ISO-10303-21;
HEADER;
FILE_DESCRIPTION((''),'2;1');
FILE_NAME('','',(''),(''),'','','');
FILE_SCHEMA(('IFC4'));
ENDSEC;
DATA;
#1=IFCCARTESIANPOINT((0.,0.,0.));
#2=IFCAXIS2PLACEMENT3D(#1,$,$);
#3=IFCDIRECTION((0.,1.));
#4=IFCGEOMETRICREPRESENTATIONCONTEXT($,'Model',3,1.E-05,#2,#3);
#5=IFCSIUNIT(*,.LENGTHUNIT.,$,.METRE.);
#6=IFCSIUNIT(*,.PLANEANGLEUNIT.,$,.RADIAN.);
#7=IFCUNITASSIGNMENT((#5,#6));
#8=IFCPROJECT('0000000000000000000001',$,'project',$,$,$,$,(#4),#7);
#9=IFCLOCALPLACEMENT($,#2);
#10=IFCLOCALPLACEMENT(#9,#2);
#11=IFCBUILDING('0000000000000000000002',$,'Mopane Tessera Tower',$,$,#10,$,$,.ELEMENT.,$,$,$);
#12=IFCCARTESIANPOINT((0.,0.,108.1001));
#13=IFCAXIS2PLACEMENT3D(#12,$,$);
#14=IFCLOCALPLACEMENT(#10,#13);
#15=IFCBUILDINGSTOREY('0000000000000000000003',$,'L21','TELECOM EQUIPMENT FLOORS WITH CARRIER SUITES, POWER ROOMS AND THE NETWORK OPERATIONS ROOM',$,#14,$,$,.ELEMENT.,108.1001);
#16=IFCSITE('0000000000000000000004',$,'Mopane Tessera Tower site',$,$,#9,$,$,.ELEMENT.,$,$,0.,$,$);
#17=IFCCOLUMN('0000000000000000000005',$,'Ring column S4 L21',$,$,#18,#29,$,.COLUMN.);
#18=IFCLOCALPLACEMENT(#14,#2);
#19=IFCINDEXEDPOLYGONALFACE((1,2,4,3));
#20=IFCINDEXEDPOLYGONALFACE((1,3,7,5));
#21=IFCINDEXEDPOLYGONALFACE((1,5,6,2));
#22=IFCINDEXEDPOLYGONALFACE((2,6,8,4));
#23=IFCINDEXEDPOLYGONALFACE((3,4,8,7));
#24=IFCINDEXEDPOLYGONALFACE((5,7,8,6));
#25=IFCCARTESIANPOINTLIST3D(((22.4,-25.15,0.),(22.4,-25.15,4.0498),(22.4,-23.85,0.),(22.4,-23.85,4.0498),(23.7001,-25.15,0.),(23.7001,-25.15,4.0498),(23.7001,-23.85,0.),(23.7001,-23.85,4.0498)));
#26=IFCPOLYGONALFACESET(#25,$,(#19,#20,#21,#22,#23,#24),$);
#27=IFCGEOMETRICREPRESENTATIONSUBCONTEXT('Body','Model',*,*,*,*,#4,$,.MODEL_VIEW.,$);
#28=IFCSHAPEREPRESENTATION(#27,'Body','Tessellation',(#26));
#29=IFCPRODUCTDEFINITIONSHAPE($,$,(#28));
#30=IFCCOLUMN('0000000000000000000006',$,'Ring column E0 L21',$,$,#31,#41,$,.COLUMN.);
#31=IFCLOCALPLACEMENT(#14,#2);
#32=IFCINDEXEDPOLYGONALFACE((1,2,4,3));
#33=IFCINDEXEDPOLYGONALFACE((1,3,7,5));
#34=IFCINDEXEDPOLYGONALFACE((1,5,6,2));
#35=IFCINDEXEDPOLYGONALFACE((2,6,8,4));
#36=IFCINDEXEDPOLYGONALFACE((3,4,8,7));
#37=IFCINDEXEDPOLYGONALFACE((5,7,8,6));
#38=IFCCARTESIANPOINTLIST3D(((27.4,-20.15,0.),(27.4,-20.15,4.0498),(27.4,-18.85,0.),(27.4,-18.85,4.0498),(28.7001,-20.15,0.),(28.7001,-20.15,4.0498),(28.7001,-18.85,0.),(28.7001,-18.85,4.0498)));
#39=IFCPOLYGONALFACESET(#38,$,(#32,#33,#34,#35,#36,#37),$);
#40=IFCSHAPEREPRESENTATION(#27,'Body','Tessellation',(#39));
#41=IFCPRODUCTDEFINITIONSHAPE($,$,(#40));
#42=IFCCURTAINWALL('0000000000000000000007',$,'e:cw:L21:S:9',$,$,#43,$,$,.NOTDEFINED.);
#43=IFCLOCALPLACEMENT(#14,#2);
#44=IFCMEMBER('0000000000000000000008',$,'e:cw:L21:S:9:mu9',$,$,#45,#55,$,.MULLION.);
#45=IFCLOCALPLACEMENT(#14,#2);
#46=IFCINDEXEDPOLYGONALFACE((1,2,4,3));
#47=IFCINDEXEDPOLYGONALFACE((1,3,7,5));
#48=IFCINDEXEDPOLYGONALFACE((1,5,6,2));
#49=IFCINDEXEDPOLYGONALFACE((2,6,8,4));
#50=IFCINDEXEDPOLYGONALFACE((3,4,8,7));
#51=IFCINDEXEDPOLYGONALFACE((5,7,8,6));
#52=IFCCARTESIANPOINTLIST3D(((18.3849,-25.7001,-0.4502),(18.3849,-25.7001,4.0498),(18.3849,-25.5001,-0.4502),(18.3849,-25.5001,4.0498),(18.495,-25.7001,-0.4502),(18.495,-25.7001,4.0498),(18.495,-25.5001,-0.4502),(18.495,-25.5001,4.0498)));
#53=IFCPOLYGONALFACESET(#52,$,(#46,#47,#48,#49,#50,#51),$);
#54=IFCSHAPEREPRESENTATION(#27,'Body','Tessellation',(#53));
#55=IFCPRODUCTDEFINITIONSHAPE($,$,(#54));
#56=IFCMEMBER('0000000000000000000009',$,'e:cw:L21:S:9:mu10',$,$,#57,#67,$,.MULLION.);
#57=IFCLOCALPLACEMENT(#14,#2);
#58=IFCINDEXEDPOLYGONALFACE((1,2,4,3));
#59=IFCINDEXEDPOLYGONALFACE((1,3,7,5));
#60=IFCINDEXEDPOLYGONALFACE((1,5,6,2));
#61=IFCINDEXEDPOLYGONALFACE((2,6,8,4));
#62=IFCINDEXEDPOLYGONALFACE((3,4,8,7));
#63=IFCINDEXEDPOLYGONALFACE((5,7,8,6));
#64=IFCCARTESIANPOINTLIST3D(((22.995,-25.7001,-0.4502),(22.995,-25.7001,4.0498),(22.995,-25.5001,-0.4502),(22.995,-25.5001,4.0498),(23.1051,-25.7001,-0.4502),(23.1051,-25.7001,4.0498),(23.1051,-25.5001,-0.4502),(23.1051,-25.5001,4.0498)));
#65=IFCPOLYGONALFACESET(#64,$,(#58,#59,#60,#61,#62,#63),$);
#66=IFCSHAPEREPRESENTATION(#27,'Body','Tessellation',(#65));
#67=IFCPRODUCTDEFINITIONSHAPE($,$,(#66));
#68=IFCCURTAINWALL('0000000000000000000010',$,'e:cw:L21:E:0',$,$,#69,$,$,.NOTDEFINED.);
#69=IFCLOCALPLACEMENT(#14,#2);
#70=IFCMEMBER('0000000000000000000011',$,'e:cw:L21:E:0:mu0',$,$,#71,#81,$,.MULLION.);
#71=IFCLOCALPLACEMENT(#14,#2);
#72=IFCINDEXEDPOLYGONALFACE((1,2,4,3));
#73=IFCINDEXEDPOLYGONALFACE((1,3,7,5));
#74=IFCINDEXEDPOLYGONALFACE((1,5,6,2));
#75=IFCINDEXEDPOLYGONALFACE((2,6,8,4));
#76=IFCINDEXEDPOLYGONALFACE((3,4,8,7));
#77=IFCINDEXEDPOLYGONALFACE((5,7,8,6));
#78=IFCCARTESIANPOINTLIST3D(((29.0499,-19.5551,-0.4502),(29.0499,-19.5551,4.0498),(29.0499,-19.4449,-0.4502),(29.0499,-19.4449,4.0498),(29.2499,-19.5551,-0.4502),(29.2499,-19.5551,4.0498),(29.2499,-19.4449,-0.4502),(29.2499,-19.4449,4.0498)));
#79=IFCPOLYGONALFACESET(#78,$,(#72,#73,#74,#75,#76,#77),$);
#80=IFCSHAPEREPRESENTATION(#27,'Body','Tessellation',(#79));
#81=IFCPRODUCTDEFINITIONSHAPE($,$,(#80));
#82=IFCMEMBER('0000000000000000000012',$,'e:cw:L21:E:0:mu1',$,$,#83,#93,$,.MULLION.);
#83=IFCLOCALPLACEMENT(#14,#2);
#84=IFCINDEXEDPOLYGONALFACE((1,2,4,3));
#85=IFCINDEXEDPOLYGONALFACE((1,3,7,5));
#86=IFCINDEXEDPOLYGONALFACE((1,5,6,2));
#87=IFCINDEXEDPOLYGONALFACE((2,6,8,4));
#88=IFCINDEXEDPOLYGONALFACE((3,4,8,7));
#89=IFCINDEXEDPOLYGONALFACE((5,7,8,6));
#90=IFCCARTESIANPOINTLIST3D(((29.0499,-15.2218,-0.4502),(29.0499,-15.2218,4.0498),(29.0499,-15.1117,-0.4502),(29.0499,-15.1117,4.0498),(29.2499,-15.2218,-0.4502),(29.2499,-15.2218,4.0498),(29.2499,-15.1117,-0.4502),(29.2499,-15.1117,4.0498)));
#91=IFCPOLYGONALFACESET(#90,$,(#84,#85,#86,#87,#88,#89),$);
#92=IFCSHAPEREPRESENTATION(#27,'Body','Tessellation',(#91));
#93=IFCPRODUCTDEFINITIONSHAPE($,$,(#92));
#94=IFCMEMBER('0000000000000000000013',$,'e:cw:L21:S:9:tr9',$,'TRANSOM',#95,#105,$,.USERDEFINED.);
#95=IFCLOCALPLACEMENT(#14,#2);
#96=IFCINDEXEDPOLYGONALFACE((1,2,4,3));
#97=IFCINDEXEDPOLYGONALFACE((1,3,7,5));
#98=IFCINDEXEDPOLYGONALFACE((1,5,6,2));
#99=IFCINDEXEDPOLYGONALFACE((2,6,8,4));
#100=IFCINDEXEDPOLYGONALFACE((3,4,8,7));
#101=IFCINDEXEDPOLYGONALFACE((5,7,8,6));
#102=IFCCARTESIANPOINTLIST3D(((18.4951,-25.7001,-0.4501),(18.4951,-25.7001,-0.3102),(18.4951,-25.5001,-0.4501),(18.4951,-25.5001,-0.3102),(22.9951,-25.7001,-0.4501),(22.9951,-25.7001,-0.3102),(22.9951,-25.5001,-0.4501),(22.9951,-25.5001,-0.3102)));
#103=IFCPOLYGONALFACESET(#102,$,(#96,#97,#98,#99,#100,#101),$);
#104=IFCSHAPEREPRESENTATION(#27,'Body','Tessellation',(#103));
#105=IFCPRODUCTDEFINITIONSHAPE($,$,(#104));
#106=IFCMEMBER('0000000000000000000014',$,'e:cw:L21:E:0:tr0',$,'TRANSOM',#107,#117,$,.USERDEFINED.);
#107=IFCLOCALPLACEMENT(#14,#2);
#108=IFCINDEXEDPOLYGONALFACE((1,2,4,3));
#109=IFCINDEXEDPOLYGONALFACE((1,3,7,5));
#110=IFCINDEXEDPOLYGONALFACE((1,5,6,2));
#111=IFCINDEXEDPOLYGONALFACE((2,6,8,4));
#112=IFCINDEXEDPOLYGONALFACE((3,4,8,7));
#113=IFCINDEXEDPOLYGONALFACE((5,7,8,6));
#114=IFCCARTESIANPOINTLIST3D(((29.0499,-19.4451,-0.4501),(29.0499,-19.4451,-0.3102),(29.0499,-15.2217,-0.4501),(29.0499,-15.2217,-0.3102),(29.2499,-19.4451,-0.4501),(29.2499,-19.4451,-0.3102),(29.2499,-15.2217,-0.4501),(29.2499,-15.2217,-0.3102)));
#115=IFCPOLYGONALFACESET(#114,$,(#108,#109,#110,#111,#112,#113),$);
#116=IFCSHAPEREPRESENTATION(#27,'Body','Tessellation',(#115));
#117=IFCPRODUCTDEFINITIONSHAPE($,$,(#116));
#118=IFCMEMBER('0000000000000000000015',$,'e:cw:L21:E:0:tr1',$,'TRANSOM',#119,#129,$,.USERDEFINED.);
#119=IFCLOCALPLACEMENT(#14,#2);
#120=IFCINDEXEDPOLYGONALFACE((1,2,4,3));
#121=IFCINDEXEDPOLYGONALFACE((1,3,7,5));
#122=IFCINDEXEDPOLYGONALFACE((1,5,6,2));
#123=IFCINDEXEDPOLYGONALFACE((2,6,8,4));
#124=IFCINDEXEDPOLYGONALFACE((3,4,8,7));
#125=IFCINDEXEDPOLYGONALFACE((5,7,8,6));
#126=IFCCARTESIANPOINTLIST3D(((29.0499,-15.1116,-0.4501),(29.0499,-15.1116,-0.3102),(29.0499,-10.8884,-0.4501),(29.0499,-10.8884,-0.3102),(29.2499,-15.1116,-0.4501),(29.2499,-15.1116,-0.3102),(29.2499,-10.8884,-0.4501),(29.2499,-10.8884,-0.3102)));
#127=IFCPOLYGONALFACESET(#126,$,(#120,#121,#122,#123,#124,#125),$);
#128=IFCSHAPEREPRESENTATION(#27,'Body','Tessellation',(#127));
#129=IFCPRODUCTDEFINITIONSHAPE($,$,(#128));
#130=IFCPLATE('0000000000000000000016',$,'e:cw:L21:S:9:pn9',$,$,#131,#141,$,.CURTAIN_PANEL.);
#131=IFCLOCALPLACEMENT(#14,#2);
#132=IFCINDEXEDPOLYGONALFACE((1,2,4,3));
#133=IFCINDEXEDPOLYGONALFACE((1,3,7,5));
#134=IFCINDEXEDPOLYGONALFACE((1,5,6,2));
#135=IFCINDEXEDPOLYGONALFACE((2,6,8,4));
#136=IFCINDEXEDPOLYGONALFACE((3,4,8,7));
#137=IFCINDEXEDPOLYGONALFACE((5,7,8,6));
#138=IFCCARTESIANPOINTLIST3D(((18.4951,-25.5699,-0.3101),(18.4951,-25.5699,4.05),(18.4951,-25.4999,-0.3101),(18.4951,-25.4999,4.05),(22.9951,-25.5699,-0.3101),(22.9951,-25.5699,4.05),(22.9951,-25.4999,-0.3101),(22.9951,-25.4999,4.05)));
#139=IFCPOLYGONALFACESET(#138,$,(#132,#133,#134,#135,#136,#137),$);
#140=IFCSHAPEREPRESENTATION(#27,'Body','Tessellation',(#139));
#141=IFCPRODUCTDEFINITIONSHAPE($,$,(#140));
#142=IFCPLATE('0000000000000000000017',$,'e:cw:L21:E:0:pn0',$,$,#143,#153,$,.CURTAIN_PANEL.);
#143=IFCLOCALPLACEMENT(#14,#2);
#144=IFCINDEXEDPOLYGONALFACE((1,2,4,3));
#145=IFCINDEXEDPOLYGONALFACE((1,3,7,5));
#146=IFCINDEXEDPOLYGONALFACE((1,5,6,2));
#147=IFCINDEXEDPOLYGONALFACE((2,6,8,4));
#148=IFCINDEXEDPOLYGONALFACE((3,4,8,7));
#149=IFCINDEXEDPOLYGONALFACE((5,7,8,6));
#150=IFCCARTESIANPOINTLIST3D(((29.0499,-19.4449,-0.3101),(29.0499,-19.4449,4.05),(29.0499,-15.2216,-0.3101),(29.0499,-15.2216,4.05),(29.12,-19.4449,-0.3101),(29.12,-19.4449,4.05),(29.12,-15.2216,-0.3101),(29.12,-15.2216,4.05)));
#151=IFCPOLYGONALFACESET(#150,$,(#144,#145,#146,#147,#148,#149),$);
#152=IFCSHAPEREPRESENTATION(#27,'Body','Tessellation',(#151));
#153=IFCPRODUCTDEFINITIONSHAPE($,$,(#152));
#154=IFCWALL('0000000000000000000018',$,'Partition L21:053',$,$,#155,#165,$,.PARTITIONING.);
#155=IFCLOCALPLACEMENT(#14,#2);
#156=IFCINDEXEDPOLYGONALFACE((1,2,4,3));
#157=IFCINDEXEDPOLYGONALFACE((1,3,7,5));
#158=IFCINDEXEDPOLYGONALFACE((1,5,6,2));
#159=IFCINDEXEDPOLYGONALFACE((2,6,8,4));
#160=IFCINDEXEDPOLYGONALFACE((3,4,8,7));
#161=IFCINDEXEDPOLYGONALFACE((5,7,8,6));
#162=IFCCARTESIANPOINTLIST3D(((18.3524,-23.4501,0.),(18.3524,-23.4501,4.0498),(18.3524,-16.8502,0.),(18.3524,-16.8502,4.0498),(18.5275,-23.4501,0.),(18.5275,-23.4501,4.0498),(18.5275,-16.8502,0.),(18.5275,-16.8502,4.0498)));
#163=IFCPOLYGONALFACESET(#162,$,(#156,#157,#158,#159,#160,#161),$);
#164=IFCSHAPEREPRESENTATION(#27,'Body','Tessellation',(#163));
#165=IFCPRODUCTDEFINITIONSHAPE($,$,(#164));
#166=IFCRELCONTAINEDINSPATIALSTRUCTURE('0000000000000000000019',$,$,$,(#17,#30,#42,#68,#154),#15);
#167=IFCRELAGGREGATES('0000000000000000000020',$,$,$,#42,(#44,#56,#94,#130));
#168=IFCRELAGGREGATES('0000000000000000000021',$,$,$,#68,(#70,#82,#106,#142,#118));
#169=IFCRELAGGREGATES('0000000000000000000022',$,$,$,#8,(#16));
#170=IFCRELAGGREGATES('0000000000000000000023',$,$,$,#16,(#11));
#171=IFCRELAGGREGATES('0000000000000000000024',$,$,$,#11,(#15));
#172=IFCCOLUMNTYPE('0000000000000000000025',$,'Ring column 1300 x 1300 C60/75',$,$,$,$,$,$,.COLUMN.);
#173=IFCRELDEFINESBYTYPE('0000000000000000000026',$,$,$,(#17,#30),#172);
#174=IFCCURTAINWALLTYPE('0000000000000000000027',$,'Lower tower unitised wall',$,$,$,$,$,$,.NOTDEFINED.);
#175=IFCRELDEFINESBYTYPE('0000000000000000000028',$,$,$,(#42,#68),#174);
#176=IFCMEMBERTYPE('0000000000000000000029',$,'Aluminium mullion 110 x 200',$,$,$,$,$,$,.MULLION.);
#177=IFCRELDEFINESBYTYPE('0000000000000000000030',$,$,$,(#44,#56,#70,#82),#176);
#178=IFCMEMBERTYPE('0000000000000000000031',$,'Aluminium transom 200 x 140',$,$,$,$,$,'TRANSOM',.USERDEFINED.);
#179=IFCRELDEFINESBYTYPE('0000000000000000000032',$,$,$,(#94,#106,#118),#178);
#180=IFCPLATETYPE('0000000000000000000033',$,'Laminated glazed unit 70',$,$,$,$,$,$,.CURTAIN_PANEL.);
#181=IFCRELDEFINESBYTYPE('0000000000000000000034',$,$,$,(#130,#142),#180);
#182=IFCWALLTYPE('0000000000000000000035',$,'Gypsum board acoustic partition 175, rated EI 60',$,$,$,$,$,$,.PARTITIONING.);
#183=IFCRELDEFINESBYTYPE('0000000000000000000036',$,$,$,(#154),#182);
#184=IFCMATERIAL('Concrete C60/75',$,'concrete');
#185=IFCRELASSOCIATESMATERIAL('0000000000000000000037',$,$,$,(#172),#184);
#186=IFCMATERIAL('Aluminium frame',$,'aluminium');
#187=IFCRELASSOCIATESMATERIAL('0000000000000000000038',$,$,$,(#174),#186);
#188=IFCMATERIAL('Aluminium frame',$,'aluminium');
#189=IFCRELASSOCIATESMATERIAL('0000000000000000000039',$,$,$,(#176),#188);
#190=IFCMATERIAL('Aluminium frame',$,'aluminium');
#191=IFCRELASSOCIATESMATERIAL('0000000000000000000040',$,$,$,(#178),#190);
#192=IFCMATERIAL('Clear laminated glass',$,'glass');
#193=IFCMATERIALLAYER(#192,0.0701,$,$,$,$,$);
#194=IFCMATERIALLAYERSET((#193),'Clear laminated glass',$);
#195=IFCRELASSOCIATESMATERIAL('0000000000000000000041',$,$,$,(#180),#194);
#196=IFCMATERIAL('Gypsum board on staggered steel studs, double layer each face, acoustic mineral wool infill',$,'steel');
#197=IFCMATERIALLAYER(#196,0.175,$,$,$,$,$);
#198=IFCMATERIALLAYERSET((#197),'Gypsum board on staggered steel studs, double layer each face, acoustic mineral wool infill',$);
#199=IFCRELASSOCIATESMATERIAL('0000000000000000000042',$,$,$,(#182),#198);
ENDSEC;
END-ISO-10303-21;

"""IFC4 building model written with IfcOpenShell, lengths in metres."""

from ifc_helpers import new_model, si_unit, direction, frame, frame_2d, origin, origin_2d, place, context, subcontext, project, spatial, rectangle, extrude, material, layer, layer_set, material_profile, profile_set, type_object, element, aggregate, save


model = new_model("IFC4")

# Units and contexts
model_context = context("Model", 3, precision=1e-05, world=origin(), true_north=direction((0.0, 1.0)))
body_context = subcontext(model_context, "Body", "Model", "MODEL_VIEW")
ifc_project = project(units=[si_unit("LENGTHUNIT", "METRE"), si_unit("PLANEANGLEUNIT", "RADIAN")], contexts=[model_context])

# Site, building, storey
site_placement = place(None, origin())
site = spatial("IfcSite", under=ifc_project, at=site_placement, Name="Mopane Tessera Tower site", CompositionType="ELEMENT", RefElevation=0.0)
building_placement = place(site_placement, origin())
building = spatial("IfcBuilding", under=site, at=building_placement, Name="Mopane Tessera Tower", CompositionType="ELEMENT")
storey_placement = place(building_placement, frame((0.0, 0.0, 108.1001)))
storey = spatial("IfcBuildingStorey", under=building, at=storey_placement, Name="L21", Description="TELECOM EQUIPMENT FLOORS WITH CARRIER SUITES, POWER ROOMS AND THE NETWORK OPERATIONS ROOM", CompositionType="ELEMENT", Elevation=108.1001)

# Columns
ifc_material_1 = material(Name="Concrete C60/75", Category="concrete")
ifc_material_profile_1 = material_profile(ifc_material_1, rectangle(XDim=1.3, YDim=1.3, at=origin_2d()))
ifc_profile_set_1 = profile_set([ifc_material_profile_1], Name="Concrete C60/75")
column_type = type_object("IfcColumnType", Name="Ring column 1300 x 1300 C60/75", PredefinedType="COLUMN", material=ifc_profile_set_1)
for number, where, z_axis, x_axis, name in (
    (1, (23.05, -24.5, 0.0), (0.0, 0.0, 1.0), (1.0, 0.0, 0.0), "Ring column S4 L21"),
    (2, (28.05, -19.5, 0.0), (0.0, 0.0, 1.0), (1.0, 0.0, 0.0), "Ring column E0 L21"),
):
    element("IfcColumn", number, at=place(storey_placement, frame(where, z_axis=z_axis, x_axis=x_axis)), inside=storey, type_object=column_type, Name=name, PredefinedType="COLUMN", context=body_context, shape_type="SweptSolid", body=[
        extrude(rectangle(XDim=1.3, YDim=1.3, at=origin_2d()), origin(), (0.0, 0.0, 1.0), 4.0498),
    ])

# Curtain walls, members
ifc_material_2 = material(Name="Aluminium frame", Category="aluminium")
curtain_wall_type = type_object("IfcCurtainWallType", Name="Lower tower unitised wall", PredefinedType="NOTDEFINED", material=ifc_material_2)
curtain_wall_1_placement = place(storey_placement, origin())
curtain_wall_1 = element("IfcCurtainWall", 3, at=curtain_wall_1_placement, inside=storey, type_object=curtain_wall_type, Name="e:cw:L21:S:9", PredefinedType="NOTDEFINED")
ifc_material_3 = material(Name="Aluminium frame", Category="aluminium")
ifc_material_profile_2 = material_profile(ifc_material_3, rectangle(XDim=0.1101, YDim=0.2, at=origin_2d()))
ifc_profile_set_2 = profile_set([ifc_material_profile_2], Name="Aluminium frame")
member_type_1 = type_object("IfcMemberType", Name="Aluminium mullion 110 x 200", PredefinedType="MULLION", material=ifc_profile_set_2)
member_1_placement = place(storey_placement, frame((18.4399, -25.6001, -0.4502), z_axis=(0.0, 0.0, 1.0), x_axis=(1.0, 0.0, 0.0)))
member_1 = element("IfcMember", 4, at=member_1_placement, type_object=member_type_1, Name="e:cw:L21:S:9:mu9", PredefinedType="MULLION", context=body_context, shape_type="SweptSolid", body=[
    extrude(rectangle(XDim=0.1101, YDim=0.2, at=origin_2d()), origin(), (0.0, 0.0, 1.0), 4.5),
])
member_2_placement = place(storey_placement, frame((23.05, -25.6001, -0.4502), z_axis=(0.0, 0.0, 1.0), x_axis=(1.0, 0.0, 0.0)))
member_2 = element("IfcMember", 5, at=member_2_placement, type_object=member_type_1, Name="e:cw:L21:S:9:mu10", PredefinedType="MULLION", context=body_context, shape_type="SweptSolid", body=[
    extrude(rectangle(XDim=0.1101, YDim=0.2, at=origin_2d()), origin(), (0.0, 0.0, 1.0), 4.5),
])
curtain_wall_2_placement = place(storey_placement, origin())
curtain_wall_2 = element("IfcCurtainWall", 6, at=curtain_wall_2_placement, inside=storey, type_object=curtain_wall_type, Name="e:cw:L21:E:0", PredefinedType="NOTDEFINED")
member_3_placement = place(storey_placement, frame((29.1499, -19.5, -0.4502), z_axis=(0.0, 0.0, 1.0), x_axis=(0.0, 1.0, 0.0)))
member_3 = element("IfcMember", 7, at=member_3_placement, type_object=member_type_1, Name="e:cw:L21:E:0:mu0", PredefinedType="MULLION", context=body_context, shape_type="SweptSolid", body=[
    extrude(rectangle(XDim=0.1101, YDim=0.2, at=origin_2d()), origin(), (0.0, 0.0, 1.0), 4.5),
])
member_4_placement = place(storey_placement, frame((29.1499, -15.1667, -0.4502), z_axis=(0.0, 0.0, 1.0), x_axis=(0.0, 1.0, 0.0)))
member_4 = element("IfcMember", 8, at=member_4_placement, type_object=member_type_1, Name="e:cw:L21:E:0:mu1", PredefinedType="MULLION", context=body_context, shape_type="SweptSolid", body=[
    extrude(rectangle(XDim=0.1101, YDim=0.2, at=origin_2d()), origin(), (0.0, 0.0, 1.0), 4.5),
])

# Members
ifc_material_4 = material(Name="Aluminium frame", Category="aluminium")
ifc_material_profile_3 = material_profile(ifc_material_4, rectangle(XDim=0.2, YDim=0.1399, at=origin_2d()))
ifc_profile_set_3 = profile_set([ifc_material_profile_3], Name="Aluminium frame")
member_type_2 = type_object("IfcMemberType", Name="Aluminium transom 200 x 140", ElementType="TRANSOM", PredefinedType="USERDEFINED", material=ifc_profile_set_3)
member_5_placement = place(storey_placement, frame((18.4951, -25.6001, -0.3801), z_axis=(1.0, 0.0, 0.0), x_axis=(0.0, 1.0, 0.0)))
member_5 = element("IfcMember", 9, at=member_5_placement, type_object=member_type_2, Name="e:cw:L21:S:9:tr9", ObjectType="TRANSOM", PredefinedType="USERDEFINED", context=body_context, shape_type="SweptSolid", body=[
    extrude(rectangle(XDim=0.2, YDim=0.1399, at=origin_2d()), origin(), (0.0, 0.0, 1.0), 4.5),
])
member_6_placement = place(storey_placement, frame((29.1499, -19.4451, -0.3801), z_axis=(0.0, 1.0, 0.0), x_axis=(-1.0, 0.0, 0.0)))
member_6 = element("IfcMember", 10, at=member_6_placement, type_object=member_type_2, Name="e:cw:L21:E:0:tr0", ObjectType="TRANSOM", PredefinedType="USERDEFINED", context=body_context, shape_type="SweptSolid", body=[
    extrude(rectangle(XDim=0.2, YDim=0.1399, at=origin_2d()), origin(), (0.0, 0.0, 1.0), 4.2234),
])
member_7_placement = place(storey_placement, frame((29.1499, -15.1116, -0.3801), z_axis=(0.0, 1.0, 0.0), x_axis=(-1.0, 0.0, 0.0)))
member_7 = element("IfcMember", 11, at=member_7_placement, type_object=member_type_2, Name="e:cw:L21:E:0:tr1", ObjectType="TRANSOM", PredefinedType="USERDEFINED", context=body_context, shape_type="SweptSolid", body=[
    extrude(rectangle(XDim=0.2, YDim=0.1399, at=origin_2d()), origin(), (0.0, 0.0, 1.0), 4.2231),
])

# Plates
ifc_material_5 = material(Name="Clear laminated glass", Category="glass")
ifc_layer_1 = layer(ifc_material_5, 0.0701)
ifc_layer_set_1 = layer_set([ifc_layer_1], Name="Clear laminated glass")
plate_type = type_object("IfcPlateType", Name="Laminated glazed unit 70", PredefinedType="CURTAIN_PANEL", material=ifc_layer_set_1)
plate_1_placement = place(storey_placement, frame((20.7451, -25.5349, -0.3101), z_axis=(0.0, 0.0, 1.0), x_axis=(1.0, 0.0, 0.0)))
plate_1 = element("IfcPlate", 12, at=plate_1_placement, type_object=plate_type, Name="e:cw:L21:S:9:pn9", PredefinedType="CURTAIN_PANEL", context=body_context, shape_type="SweptSolid", body=[
    extrude(rectangle(XDim=4.5, YDim=0.0701, at=origin_2d()), origin(), (0.0, 0.0, 1.0), 4.3601),
])
aggregate(curtain_wall_1, [member_1, member_2, member_5, plate_1])
plate_2_placement = place(storey_placement, frame((29.085, -17.3333, -0.3101), z_axis=(0.0, 0.0, 1.0), x_axis=(0.0, 1.0, 0.0)))
plate_2 = element("IfcPlate", 13, at=plate_2_placement, type_object=plate_type, Name="e:cw:L21:E:0:pn0", PredefinedType="CURTAIN_PANEL", context=body_context, shape_type="SweptSolid", body=[
    extrude(rectangle(XDim=4.2234, YDim=0.0701, at=origin_2d()), origin(), (0.0, 0.0, 1.0), 4.3601),
])
aggregate(curtain_wall_2, [member_3, member_4, member_6, plate_2, member_7])

# Wall
ifc_material_6 = material(Name="Gypsum board on staggered steel studs, double layer each face, acoustic mineral wool infill", Category="steel")
ifc_layer_2 = layer(ifc_material_6, 0.175)
ifc_layer_set_2 = layer_set([ifc_layer_2], Name="Gypsum board on staggered steel studs, double layer each face, acoustic mineral wool infill")
wall_type_1 = type_object("IfcWallType", Name="Gypsum board acoustic partition 175, rated EI 60", PredefinedType="PARTITIONING", material=ifc_layer_set_2)
wall_1_placement = place(storey_placement, frame((18.4399, -23.45, 0.0), z_axis=(0.0, 0.0, 1.0), x_axis=(0.0, 1.0, 0.0)))
element("IfcWall", 14, at=wall_1_placement, inside=storey, type_object=wall_type_1, Name="Partition L21:053", PredefinedType="PARTITIONING", context=body_context, shape_type="SweptSolid", body=[
    extrude(rectangle(XDim=6.5999, YDim=0.175, at=frame_2d((3.2998, 0.0))), origin(), (0.0, 0.0, 1.0), 4.0498),
])

save(model, "model.ifc")
